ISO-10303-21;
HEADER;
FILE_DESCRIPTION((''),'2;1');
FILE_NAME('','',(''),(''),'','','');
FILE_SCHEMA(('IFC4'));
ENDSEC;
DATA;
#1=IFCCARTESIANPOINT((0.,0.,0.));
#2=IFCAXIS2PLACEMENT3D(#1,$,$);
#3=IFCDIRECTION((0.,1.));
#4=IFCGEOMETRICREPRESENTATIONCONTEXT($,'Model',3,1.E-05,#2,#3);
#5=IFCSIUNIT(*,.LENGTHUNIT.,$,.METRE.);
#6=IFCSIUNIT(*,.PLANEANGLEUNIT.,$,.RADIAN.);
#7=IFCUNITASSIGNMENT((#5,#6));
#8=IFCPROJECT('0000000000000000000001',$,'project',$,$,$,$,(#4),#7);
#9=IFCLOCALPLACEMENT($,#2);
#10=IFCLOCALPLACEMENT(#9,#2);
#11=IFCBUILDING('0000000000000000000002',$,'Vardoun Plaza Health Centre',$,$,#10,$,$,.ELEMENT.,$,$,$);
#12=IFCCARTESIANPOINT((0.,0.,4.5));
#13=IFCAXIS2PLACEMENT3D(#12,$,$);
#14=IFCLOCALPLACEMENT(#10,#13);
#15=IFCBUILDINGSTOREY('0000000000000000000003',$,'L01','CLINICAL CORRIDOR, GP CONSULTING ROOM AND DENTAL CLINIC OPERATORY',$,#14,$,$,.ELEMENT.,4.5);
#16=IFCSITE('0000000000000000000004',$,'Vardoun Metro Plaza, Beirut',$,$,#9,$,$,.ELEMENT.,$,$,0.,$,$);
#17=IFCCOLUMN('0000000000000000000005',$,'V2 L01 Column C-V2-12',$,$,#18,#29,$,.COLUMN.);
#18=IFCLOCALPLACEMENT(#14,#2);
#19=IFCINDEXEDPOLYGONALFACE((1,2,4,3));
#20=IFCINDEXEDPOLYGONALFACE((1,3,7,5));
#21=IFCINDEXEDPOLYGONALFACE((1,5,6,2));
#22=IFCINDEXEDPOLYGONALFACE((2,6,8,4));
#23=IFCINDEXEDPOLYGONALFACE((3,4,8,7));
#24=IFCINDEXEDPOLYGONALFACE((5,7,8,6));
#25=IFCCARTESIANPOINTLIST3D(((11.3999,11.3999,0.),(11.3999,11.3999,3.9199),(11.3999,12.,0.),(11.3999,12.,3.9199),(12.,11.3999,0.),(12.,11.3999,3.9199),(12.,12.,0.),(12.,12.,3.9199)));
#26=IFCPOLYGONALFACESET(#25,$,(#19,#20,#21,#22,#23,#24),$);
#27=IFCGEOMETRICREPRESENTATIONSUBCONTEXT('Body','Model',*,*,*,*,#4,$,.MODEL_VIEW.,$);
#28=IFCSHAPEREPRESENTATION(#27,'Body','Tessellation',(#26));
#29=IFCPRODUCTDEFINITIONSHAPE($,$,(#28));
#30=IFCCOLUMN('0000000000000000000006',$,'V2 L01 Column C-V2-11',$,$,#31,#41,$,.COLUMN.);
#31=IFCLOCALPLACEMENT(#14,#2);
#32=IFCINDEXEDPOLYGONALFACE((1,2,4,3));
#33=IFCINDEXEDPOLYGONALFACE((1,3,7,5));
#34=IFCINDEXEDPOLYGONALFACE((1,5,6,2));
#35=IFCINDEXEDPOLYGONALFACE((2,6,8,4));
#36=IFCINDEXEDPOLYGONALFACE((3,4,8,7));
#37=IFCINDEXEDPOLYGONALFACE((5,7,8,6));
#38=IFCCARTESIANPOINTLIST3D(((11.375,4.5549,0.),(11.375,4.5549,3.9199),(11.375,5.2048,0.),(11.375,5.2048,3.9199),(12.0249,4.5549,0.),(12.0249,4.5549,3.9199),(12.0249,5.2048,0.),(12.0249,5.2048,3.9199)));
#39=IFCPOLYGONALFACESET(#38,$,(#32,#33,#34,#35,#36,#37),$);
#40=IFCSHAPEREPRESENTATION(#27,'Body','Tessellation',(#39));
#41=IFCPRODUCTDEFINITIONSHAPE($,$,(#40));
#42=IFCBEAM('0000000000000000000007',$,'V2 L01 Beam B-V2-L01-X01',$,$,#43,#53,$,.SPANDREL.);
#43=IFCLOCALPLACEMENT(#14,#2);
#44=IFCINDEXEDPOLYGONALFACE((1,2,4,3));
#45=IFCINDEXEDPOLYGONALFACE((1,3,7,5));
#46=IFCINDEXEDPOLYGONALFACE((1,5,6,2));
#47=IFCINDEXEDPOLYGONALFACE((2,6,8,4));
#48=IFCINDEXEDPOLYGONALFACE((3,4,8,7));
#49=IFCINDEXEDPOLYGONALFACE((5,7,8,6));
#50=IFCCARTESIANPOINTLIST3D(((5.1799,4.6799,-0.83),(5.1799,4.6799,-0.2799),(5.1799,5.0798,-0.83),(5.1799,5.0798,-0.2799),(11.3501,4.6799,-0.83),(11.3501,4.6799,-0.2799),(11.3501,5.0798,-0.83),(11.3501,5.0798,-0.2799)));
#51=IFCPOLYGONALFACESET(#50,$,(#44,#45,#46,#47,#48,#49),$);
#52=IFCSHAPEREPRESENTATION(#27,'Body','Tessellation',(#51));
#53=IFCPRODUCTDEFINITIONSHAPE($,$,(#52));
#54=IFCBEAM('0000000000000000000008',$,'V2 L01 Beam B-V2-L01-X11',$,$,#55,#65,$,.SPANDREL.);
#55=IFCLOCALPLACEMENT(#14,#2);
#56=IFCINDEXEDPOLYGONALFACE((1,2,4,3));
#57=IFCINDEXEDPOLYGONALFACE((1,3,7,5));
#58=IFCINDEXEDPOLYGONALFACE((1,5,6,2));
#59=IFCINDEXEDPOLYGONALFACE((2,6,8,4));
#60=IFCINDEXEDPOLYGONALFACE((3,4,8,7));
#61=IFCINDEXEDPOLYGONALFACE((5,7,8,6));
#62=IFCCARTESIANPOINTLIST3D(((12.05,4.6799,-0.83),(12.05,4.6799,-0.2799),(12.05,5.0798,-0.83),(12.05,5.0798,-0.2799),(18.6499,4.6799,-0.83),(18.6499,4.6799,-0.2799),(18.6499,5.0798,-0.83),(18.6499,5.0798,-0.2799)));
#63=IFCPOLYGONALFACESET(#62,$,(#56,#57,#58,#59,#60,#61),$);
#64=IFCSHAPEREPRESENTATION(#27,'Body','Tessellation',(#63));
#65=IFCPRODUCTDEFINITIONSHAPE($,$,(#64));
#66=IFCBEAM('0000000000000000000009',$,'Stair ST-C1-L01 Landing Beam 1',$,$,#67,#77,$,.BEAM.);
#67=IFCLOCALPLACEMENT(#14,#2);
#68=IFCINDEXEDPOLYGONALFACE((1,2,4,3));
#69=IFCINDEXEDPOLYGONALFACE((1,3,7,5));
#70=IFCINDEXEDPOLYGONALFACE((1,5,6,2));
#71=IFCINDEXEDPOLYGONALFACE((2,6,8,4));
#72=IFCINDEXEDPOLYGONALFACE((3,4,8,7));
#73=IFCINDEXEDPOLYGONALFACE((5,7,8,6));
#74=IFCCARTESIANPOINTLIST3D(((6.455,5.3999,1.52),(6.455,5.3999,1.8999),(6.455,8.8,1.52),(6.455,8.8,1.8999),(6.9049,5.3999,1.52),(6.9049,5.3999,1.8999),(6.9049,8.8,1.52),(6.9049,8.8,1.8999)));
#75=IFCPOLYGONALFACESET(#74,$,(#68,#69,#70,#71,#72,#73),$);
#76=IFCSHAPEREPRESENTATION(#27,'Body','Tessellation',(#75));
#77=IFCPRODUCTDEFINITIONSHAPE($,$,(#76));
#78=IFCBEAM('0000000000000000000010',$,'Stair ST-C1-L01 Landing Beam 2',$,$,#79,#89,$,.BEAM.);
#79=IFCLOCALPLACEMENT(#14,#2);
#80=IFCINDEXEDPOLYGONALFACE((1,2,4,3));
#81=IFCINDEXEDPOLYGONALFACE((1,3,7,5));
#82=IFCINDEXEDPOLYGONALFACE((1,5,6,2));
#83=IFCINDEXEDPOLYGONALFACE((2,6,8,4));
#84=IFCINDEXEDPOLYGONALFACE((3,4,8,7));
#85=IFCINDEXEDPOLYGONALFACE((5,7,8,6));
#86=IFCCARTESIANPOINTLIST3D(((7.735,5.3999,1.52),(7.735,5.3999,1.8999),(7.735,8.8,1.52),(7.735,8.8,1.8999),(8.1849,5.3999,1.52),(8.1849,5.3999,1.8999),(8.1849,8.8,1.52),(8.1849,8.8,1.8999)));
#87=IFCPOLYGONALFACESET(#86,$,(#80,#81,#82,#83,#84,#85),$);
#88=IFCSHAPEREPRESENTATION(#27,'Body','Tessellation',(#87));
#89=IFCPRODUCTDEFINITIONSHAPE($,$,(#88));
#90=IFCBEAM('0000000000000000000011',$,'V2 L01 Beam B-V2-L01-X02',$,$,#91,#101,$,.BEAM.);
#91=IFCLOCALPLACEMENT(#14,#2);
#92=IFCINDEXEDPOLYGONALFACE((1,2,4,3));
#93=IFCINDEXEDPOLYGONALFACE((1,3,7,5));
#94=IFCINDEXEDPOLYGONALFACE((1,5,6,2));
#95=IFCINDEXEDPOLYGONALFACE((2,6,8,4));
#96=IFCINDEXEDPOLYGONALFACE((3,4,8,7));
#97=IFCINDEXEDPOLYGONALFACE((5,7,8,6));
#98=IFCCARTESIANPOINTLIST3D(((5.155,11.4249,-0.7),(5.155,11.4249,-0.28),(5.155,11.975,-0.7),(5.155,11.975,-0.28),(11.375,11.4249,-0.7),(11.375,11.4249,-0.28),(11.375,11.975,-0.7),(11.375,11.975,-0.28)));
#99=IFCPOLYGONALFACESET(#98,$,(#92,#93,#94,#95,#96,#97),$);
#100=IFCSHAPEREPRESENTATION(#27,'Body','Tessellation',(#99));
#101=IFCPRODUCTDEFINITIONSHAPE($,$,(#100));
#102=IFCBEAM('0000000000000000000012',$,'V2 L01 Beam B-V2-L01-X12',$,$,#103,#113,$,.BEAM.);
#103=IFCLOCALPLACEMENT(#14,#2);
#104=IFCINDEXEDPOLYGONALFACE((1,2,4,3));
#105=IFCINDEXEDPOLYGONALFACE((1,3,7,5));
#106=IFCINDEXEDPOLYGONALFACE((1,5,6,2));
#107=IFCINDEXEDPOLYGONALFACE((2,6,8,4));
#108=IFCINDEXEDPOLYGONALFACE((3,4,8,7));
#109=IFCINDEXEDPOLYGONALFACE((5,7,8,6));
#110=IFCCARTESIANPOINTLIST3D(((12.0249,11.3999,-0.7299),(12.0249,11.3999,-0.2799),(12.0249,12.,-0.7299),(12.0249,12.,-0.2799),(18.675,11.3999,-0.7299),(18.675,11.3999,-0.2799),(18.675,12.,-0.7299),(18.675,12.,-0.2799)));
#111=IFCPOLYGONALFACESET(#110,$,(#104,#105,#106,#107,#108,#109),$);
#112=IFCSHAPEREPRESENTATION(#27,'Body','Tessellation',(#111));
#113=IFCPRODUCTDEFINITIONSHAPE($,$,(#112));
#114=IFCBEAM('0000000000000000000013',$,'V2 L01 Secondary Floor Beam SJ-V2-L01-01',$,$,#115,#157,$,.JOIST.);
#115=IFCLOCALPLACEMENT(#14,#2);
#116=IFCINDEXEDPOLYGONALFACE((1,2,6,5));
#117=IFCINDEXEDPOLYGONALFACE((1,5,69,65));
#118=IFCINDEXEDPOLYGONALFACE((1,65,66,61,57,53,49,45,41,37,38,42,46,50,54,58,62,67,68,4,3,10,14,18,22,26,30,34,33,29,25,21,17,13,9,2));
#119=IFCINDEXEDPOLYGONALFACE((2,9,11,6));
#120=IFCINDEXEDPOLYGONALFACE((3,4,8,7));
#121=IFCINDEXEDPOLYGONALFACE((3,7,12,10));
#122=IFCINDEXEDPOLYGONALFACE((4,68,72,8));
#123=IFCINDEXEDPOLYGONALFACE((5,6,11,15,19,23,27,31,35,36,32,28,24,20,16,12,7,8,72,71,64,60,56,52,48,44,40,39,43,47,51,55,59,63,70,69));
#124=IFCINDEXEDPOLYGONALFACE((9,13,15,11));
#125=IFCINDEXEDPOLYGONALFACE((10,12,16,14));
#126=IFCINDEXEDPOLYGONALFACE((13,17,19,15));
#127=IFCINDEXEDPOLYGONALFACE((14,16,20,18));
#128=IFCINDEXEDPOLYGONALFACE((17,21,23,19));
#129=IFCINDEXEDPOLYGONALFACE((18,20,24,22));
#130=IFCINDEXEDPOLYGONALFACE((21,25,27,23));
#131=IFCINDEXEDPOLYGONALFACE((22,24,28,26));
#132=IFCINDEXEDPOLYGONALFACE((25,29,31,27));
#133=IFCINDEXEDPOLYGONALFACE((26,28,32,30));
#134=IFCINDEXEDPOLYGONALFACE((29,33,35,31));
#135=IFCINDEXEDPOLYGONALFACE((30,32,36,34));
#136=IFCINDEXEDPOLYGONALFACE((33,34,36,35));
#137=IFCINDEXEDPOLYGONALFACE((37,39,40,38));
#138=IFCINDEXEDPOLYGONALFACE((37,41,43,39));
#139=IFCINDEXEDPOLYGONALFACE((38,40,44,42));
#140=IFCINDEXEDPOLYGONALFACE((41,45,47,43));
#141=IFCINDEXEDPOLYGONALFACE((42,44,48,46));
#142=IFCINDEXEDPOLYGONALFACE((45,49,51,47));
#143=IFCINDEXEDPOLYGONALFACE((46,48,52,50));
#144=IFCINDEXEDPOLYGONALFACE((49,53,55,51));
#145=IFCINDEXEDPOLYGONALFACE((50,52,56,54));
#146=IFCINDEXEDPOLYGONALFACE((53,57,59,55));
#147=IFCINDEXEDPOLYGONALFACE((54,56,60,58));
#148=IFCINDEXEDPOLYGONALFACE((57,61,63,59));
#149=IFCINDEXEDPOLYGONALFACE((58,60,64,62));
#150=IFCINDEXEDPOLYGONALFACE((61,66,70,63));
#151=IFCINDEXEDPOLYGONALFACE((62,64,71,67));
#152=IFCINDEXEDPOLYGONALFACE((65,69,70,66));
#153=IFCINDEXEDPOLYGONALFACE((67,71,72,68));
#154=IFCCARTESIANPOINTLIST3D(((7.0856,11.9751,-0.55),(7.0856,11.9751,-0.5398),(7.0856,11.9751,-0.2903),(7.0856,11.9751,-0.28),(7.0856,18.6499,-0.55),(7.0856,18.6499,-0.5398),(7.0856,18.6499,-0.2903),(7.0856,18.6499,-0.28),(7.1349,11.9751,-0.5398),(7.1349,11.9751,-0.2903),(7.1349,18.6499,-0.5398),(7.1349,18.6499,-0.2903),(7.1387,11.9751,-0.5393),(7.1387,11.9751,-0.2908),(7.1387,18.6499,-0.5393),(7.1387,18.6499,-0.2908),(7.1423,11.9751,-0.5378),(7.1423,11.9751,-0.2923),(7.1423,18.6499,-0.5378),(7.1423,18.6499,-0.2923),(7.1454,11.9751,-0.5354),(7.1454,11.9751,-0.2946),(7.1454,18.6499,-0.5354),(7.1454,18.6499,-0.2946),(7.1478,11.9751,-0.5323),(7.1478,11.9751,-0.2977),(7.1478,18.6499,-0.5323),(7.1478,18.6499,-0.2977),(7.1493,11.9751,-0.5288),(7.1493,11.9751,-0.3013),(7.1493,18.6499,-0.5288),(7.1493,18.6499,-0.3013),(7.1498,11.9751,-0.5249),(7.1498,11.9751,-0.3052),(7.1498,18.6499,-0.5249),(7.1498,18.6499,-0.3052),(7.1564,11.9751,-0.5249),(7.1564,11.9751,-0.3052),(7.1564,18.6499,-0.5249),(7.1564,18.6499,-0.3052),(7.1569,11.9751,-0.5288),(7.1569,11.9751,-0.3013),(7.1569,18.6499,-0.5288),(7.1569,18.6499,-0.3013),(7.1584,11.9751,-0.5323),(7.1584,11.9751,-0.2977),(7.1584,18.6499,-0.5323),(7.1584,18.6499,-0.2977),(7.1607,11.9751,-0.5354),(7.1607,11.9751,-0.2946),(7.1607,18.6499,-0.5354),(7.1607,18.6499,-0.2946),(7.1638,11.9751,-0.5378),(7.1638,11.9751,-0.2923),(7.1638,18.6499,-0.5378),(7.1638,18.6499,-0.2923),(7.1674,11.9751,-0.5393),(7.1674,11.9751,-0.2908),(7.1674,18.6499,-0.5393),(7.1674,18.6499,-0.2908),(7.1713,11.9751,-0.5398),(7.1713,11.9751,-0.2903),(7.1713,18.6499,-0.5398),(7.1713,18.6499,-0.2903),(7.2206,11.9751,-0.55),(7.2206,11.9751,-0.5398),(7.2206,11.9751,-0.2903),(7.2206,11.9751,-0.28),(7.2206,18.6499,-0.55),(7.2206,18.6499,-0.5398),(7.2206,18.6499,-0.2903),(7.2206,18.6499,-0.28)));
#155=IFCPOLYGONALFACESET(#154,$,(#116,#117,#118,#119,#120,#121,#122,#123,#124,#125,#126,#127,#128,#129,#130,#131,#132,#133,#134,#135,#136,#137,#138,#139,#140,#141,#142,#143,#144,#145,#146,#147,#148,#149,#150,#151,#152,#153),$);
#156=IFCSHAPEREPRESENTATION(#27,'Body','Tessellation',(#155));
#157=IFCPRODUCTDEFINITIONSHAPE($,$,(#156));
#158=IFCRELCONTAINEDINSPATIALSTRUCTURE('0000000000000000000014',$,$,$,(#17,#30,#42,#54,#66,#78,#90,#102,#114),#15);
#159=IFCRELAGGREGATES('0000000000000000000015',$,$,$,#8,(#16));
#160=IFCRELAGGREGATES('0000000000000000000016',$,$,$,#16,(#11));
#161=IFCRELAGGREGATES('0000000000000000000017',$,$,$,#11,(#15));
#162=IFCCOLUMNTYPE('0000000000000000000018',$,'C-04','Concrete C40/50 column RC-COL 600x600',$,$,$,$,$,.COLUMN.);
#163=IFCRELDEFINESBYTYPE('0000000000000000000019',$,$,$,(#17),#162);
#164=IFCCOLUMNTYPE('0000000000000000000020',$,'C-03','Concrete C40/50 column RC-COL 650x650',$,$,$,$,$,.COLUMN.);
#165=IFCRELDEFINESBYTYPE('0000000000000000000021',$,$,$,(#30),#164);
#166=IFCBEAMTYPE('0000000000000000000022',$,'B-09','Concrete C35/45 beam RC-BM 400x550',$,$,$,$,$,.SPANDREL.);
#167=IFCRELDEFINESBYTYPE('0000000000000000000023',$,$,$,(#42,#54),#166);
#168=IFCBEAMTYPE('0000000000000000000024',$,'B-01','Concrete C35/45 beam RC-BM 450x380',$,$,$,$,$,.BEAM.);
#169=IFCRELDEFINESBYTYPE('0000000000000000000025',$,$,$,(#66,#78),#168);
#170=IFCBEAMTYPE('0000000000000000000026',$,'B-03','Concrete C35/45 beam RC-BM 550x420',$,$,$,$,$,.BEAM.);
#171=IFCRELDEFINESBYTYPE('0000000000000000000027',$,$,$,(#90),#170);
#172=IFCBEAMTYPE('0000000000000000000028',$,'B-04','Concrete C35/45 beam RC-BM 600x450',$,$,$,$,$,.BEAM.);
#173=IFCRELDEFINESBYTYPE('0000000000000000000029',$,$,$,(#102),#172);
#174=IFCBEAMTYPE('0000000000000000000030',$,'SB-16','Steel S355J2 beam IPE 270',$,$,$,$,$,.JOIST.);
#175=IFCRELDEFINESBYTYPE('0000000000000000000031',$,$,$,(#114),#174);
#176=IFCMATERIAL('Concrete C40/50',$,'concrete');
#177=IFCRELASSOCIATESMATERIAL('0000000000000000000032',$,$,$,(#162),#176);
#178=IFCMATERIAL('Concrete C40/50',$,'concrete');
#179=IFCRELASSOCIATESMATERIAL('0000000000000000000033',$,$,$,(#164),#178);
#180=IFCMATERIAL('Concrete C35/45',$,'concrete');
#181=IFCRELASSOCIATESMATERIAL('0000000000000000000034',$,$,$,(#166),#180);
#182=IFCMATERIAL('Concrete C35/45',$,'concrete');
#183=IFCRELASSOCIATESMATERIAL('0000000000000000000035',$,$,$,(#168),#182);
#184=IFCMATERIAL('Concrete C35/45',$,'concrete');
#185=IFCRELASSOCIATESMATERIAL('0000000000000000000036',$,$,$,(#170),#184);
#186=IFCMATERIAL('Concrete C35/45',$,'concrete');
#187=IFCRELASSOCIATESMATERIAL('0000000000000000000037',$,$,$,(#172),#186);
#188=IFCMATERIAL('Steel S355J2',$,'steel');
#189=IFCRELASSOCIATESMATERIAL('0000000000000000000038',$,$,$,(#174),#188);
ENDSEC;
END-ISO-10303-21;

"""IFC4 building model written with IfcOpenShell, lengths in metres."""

from ifc_helpers import new_model, si_unit, direction, frame, origin, origin_2d, place, context, subcontext, project, spatial, rectangle, i_section, extrude, material, material_profile, profile_set, type_object, element, save


model = new_model("IFC4")

# Units and contexts
model_context = context("Model", 3, precision=1e-05, world=origin(), true_north=direction((0.0, 1.0)))
body_context = subcontext(model_context, "Body", "Model", "MODEL_VIEW")
ifc_project = project(units=[si_unit("LENGTHUNIT", "METRE"), si_unit("PLANEANGLEUNIT", "RADIAN")], contexts=[model_context])

# Site, building, storey
site_placement = place(None, origin())
site = spatial("IfcSite", under=ifc_project, at=site_placement, Name="Vardoun Metro Plaza, Beirut", CompositionType="ELEMENT", RefElevation=0.0)
building_placement = place(site_placement, origin())
building = spatial("IfcBuilding", under=site, at=building_placement, Name="Vardoun Plaza Health Centre", CompositionType="ELEMENT")
storey_placement = place(building_placement, frame((0.0, 0.0, 4.5)))
storey = spatial("IfcBuildingStorey", under=building, at=storey_placement, Name="L01", Description="CLINICAL CORRIDOR, GP CONSULTING ROOM AND DENTAL CLINIC OPERATORY", CompositionType="ELEMENT", Elevation=4.5)

# Columns
ifc_material_1 = material(Name="Concrete C40/50", Category="concrete")
ifc_material_profile_1 = material_profile(ifc_material_1, rectangle(XDim=0.6001, YDim=0.6001, at=origin_2d()), Name="RC-COL 600x600")
ifc_profile_set_1 = profile_set([ifc_material_profile_1], Name="Concrete C40/50")
column_type_1 = type_object("IfcColumnType", Name="C-04", Description="Concrete C40/50 column RC-COL 600x600", PredefinedType="COLUMN", material=ifc_profile_set_1)
column_1_placement = place(storey_placement, frame((11.7, 11.7, 0.0), z_axis=(0.0, 0.0, 1.0), x_axis=(1.0, 0.0, 0.0)))
element("IfcColumn", 1, at=column_1_placement, inside=storey, type_object=column_type_1, Name="V2 L01 Column C-V2-12", PredefinedType="COLUMN", context=body_context, shape_type="SweptSolid", body=[
    extrude(rectangle(XDim=0.6001, YDim=0.6001, at=origin_2d()), origin(), (0.0, 0.0, 1.0), 3.9199),
])
ifc_material_2 = material(Name="Concrete C40/50", Category="concrete")
ifc_material_profile_2 = material_profile(ifc_material_2, rectangle(XDim=0.6499, YDim=0.6499, at=origin_2d()), Name="RC-COL 650x650")
ifc_profile_set_2 = profile_set([ifc_material_profile_2], Name="Concrete C40/50")
column_type_2 = type_object("IfcColumnType", Name="C-03", Description="Concrete C40/50 column RC-COL 650x650", PredefinedType="COLUMN", material=ifc_profile_set_2)
column_2_placement = place(storey_placement, frame((11.7, 4.8799, 0.0), z_axis=(0.0, 0.0, 1.0), x_axis=(1.0, 0.0, 0.0)))
element("IfcColumn", 2, at=column_2_placement, inside=storey, type_object=column_type_2, Name="V2 L01 Column C-V2-11", PredefinedType="COLUMN", context=body_context, shape_type="SweptSolid", body=[
    extrude(rectangle(XDim=0.6499, YDim=0.6499, at=origin_2d()), origin(), (0.0, 0.0, 1.0), 3.9199),
])

# Beams
ifc_material_3 = material(Name="Concrete C35/45", Category="concrete")
ifc_material_profile_3 = material_profile(ifc_material_3, rectangle(XDim=0.3999, YDim=0.55, at=origin_2d()), Name="RC-BM 400x550")
ifc_profile_set_3 = profile_set([ifc_material_profile_3], Name="Concrete C35/45")
beam_type_1 = type_object("IfcBeamType", Name="B-09", Description="Concrete C35/45 beam RC-BM 400x550", PredefinedType="SPANDREL", material=ifc_profile_set_3)
beam_1_placement = place(storey_placement, frame((5.1799, 4.8799, -0.5549), z_axis=(1.0, 0.0, 0.0), x_axis=(0.0, 1.0, 0.0)))
element("IfcBeam", 3, at=beam_1_placement, inside=storey, type_object=beam_type_1, Name="V2 L01 Beam B-V2-L01-X01", PredefinedType="SPANDREL", context=body_context, shape_type="SweptSolid", body=[
    extrude(rectangle(XDim=0.3999, YDim=0.55, at=origin_2d()), origin(), (0.0, 0.0, 1.0), 6.1702),
])
beam_2_placement = place(storey_placement, frame((12.05, 4.8799, -0.5549), z_axis=(1.0, 0.0, 0.0), x_axis=(0.0, 1.0, 0.0)))
element("IfcBeam", 4, at=beam_2_placement, inside=storey, type_object=beam_type_1, Name="V2 L01 Beam B-V2-L01-X11", PredefinedType="SPANDREL", context=body_context, shape_type="SweptSolid", body=[
    extrude(rectangle(XDim=0.3999, YDim=0.55, at=origin_2d()), origin(), (0.0, 0.0, 1.0), 6.5999),
])
ifc_material_4 = material(Name="Concrete C35/45", Category="concrete")
ifc_material_profile_4 = material_profile(ifc_material_4, rectangle(XDim=0.45, YDim=0.3799, at=origin_2d()), Name="RC-BM 450x380")
ifc_profile_set_4 = profile_set([ifc_material_profile_4], Name="Concrete C35/45")
beam_type_2 = type_object("IfcBeamType", Name="B-01", Description="Concrete C35/45 beam RC-BM 450x380", PredefinedType="BEAM", material=ifc_profile_set_4)
for number, where, z_axis, x_axis, name in (
    (5, (6.6799, 5.3999, 1.71), (0.0, 1.0, 0.0), (-1.0, 0.0, 0.0), "Stair ST-C1-L01 Landing Beam 1"),
    (6, (7.96, 5.3999, 1.71), (0.0, 1.0, 0.0), (-1.0, 0.0, 0.0), "Stair ST-C1-L01 Landing Beam 2"),
):
    element("IfcBeam", number, at=place(storey_placement, frame(where, z_axis=z_axis, x_axis=x_axis)), inside=storey, type_object=beam_type_2, Name=name, PredefinedType="BEAM", context=body_context, shape_type="SweptSolid", body=[
        extrude(rectangle(XDim=0.45, YDim=0.3799, at=origin_2d()), origin(), (0.0, 0.0, 1.0), 3.4001),
    ])
ifc_material_5 = material(Name="Concrete C35/45", Category="concrete")
ifc_material_profile_5 = material_profile(ifc_material_5, rectangle(XDim=0.55, YDim=0.4199, at=origin_2d()), Name="RC-BM 550x420")
ifc_profile_set_5 = profile_set([ifc_material_profile_5], Name="Concrete C35/45")
beam_type_3 = type_object("IfcBeamType", Name="B-03", Description="Concrete C35/45 beam RC-BM 550x420", PredefinedType="BEAM", material=ifc_profile_set_5)
beam_3_placement = place(storey_placement, frame((5.155, 11.7, -0.49), z_axis=(1.0, 0.0, 0.0), x_axis=(0.0, 1.0, 0.0)))
element("IfcBeam", 7, at=beam_3_placement, inside=storey, type_object=beam_type_3, Name="V2 L01 Beam B-V2-L01-X02", PredefinedType="BEAM", context=body_context, shape_type="SweptSolid", body=[
    extrude(rectangle(XDim=0.55, YDim=0.4199, at=origin_2d()), origin(), (0.0, 0.0, 1.0), 6.22),
])
ifc_material_6 = material(Name="Concrete C35/45", Category="concrete")
ifc_material_profile_6 = material_profile(ifc_material_6, rectangle(XDim=0.6001, YDim=0.45, at=origin_2d()), Name="RC-BM 600x450")
ifc_profile_set_6 = profile_set([ifc_material_profile_6], Name="Concrete C35/45")
beam_type_4 = type_object("IfcBeamType", Name="B-04", Description="Concrete C35/45 beam RC-BM 600x450", PredefinedType="BEAM", material=ifc_profile_set_6)
beam_4_placement = place(storey_placement, frame((12.0249, 11.7, -0.5049), z_axis=(1.0, 0.0, 0.0), x_axis=(0.0, 1.0, 0.0)))
element("IfcBeam", 8, at=beam_4_placement, inside=storey, type_object=beam_type_4, Name="V2 L01 Beam B-V2-L01-X12", PredefinedType="BEAM", context=body_context, shape_type="SweptSolid", body=[
    extrude(rectangle(XDim=0.6001, YDim=0.45, at=origin_2d()), origin(), (0.0, 0.0, 1.0), 6.6501),
])
ifc_material_7 = material(Name="Steel S355J2", Category="steel")
ifc_material_profile_7 = material_profile(ifc_material_7, i_section(OverallWidth=0.135, OverallDepth=0.27, WebThickness=0.0066, FlangeThickness=0.0103, FilletRadius=0.0149, at=origin_2d()), Name="IPE 270")
ifc_profile_set_7 = profile_set([ifc_material_profile_7], Name="Steel S355J2")
beam_type_5 = type_object("IfcBeamType", Name="SB-16", Description="Steel S355J2 beam IPE 270", PredefinedType="JOIST", material=ifc_profile_set_7)
beam_5_placement = place(storey_placement, frame((7.1531, 11.9751, -0.415), z_axis=(0.0, 1.0, 0.0), x_axis=(-1.0, 0.0, 0.0)))
element("IfcBeam", 9, at=beam_5_placement, inside=storey, type_object=beam_type_5, Name="V2 L01 Secondary Floor Beam SJ-V2-L01-01", PredefinedType="JOIST", context=body_context, shape_type="SweptSolid", body=[
    extrude(i_section(OverallWidth=0.135, OverallDepth=0.27, WebThickness=0.0066, FlangeThickness=0.0103, FilletRadius=0.0149, at=origin_2d()), origin(), (0.0, 0.0, 1.0), 6.6748),
])

save(model, "model.ifc")
